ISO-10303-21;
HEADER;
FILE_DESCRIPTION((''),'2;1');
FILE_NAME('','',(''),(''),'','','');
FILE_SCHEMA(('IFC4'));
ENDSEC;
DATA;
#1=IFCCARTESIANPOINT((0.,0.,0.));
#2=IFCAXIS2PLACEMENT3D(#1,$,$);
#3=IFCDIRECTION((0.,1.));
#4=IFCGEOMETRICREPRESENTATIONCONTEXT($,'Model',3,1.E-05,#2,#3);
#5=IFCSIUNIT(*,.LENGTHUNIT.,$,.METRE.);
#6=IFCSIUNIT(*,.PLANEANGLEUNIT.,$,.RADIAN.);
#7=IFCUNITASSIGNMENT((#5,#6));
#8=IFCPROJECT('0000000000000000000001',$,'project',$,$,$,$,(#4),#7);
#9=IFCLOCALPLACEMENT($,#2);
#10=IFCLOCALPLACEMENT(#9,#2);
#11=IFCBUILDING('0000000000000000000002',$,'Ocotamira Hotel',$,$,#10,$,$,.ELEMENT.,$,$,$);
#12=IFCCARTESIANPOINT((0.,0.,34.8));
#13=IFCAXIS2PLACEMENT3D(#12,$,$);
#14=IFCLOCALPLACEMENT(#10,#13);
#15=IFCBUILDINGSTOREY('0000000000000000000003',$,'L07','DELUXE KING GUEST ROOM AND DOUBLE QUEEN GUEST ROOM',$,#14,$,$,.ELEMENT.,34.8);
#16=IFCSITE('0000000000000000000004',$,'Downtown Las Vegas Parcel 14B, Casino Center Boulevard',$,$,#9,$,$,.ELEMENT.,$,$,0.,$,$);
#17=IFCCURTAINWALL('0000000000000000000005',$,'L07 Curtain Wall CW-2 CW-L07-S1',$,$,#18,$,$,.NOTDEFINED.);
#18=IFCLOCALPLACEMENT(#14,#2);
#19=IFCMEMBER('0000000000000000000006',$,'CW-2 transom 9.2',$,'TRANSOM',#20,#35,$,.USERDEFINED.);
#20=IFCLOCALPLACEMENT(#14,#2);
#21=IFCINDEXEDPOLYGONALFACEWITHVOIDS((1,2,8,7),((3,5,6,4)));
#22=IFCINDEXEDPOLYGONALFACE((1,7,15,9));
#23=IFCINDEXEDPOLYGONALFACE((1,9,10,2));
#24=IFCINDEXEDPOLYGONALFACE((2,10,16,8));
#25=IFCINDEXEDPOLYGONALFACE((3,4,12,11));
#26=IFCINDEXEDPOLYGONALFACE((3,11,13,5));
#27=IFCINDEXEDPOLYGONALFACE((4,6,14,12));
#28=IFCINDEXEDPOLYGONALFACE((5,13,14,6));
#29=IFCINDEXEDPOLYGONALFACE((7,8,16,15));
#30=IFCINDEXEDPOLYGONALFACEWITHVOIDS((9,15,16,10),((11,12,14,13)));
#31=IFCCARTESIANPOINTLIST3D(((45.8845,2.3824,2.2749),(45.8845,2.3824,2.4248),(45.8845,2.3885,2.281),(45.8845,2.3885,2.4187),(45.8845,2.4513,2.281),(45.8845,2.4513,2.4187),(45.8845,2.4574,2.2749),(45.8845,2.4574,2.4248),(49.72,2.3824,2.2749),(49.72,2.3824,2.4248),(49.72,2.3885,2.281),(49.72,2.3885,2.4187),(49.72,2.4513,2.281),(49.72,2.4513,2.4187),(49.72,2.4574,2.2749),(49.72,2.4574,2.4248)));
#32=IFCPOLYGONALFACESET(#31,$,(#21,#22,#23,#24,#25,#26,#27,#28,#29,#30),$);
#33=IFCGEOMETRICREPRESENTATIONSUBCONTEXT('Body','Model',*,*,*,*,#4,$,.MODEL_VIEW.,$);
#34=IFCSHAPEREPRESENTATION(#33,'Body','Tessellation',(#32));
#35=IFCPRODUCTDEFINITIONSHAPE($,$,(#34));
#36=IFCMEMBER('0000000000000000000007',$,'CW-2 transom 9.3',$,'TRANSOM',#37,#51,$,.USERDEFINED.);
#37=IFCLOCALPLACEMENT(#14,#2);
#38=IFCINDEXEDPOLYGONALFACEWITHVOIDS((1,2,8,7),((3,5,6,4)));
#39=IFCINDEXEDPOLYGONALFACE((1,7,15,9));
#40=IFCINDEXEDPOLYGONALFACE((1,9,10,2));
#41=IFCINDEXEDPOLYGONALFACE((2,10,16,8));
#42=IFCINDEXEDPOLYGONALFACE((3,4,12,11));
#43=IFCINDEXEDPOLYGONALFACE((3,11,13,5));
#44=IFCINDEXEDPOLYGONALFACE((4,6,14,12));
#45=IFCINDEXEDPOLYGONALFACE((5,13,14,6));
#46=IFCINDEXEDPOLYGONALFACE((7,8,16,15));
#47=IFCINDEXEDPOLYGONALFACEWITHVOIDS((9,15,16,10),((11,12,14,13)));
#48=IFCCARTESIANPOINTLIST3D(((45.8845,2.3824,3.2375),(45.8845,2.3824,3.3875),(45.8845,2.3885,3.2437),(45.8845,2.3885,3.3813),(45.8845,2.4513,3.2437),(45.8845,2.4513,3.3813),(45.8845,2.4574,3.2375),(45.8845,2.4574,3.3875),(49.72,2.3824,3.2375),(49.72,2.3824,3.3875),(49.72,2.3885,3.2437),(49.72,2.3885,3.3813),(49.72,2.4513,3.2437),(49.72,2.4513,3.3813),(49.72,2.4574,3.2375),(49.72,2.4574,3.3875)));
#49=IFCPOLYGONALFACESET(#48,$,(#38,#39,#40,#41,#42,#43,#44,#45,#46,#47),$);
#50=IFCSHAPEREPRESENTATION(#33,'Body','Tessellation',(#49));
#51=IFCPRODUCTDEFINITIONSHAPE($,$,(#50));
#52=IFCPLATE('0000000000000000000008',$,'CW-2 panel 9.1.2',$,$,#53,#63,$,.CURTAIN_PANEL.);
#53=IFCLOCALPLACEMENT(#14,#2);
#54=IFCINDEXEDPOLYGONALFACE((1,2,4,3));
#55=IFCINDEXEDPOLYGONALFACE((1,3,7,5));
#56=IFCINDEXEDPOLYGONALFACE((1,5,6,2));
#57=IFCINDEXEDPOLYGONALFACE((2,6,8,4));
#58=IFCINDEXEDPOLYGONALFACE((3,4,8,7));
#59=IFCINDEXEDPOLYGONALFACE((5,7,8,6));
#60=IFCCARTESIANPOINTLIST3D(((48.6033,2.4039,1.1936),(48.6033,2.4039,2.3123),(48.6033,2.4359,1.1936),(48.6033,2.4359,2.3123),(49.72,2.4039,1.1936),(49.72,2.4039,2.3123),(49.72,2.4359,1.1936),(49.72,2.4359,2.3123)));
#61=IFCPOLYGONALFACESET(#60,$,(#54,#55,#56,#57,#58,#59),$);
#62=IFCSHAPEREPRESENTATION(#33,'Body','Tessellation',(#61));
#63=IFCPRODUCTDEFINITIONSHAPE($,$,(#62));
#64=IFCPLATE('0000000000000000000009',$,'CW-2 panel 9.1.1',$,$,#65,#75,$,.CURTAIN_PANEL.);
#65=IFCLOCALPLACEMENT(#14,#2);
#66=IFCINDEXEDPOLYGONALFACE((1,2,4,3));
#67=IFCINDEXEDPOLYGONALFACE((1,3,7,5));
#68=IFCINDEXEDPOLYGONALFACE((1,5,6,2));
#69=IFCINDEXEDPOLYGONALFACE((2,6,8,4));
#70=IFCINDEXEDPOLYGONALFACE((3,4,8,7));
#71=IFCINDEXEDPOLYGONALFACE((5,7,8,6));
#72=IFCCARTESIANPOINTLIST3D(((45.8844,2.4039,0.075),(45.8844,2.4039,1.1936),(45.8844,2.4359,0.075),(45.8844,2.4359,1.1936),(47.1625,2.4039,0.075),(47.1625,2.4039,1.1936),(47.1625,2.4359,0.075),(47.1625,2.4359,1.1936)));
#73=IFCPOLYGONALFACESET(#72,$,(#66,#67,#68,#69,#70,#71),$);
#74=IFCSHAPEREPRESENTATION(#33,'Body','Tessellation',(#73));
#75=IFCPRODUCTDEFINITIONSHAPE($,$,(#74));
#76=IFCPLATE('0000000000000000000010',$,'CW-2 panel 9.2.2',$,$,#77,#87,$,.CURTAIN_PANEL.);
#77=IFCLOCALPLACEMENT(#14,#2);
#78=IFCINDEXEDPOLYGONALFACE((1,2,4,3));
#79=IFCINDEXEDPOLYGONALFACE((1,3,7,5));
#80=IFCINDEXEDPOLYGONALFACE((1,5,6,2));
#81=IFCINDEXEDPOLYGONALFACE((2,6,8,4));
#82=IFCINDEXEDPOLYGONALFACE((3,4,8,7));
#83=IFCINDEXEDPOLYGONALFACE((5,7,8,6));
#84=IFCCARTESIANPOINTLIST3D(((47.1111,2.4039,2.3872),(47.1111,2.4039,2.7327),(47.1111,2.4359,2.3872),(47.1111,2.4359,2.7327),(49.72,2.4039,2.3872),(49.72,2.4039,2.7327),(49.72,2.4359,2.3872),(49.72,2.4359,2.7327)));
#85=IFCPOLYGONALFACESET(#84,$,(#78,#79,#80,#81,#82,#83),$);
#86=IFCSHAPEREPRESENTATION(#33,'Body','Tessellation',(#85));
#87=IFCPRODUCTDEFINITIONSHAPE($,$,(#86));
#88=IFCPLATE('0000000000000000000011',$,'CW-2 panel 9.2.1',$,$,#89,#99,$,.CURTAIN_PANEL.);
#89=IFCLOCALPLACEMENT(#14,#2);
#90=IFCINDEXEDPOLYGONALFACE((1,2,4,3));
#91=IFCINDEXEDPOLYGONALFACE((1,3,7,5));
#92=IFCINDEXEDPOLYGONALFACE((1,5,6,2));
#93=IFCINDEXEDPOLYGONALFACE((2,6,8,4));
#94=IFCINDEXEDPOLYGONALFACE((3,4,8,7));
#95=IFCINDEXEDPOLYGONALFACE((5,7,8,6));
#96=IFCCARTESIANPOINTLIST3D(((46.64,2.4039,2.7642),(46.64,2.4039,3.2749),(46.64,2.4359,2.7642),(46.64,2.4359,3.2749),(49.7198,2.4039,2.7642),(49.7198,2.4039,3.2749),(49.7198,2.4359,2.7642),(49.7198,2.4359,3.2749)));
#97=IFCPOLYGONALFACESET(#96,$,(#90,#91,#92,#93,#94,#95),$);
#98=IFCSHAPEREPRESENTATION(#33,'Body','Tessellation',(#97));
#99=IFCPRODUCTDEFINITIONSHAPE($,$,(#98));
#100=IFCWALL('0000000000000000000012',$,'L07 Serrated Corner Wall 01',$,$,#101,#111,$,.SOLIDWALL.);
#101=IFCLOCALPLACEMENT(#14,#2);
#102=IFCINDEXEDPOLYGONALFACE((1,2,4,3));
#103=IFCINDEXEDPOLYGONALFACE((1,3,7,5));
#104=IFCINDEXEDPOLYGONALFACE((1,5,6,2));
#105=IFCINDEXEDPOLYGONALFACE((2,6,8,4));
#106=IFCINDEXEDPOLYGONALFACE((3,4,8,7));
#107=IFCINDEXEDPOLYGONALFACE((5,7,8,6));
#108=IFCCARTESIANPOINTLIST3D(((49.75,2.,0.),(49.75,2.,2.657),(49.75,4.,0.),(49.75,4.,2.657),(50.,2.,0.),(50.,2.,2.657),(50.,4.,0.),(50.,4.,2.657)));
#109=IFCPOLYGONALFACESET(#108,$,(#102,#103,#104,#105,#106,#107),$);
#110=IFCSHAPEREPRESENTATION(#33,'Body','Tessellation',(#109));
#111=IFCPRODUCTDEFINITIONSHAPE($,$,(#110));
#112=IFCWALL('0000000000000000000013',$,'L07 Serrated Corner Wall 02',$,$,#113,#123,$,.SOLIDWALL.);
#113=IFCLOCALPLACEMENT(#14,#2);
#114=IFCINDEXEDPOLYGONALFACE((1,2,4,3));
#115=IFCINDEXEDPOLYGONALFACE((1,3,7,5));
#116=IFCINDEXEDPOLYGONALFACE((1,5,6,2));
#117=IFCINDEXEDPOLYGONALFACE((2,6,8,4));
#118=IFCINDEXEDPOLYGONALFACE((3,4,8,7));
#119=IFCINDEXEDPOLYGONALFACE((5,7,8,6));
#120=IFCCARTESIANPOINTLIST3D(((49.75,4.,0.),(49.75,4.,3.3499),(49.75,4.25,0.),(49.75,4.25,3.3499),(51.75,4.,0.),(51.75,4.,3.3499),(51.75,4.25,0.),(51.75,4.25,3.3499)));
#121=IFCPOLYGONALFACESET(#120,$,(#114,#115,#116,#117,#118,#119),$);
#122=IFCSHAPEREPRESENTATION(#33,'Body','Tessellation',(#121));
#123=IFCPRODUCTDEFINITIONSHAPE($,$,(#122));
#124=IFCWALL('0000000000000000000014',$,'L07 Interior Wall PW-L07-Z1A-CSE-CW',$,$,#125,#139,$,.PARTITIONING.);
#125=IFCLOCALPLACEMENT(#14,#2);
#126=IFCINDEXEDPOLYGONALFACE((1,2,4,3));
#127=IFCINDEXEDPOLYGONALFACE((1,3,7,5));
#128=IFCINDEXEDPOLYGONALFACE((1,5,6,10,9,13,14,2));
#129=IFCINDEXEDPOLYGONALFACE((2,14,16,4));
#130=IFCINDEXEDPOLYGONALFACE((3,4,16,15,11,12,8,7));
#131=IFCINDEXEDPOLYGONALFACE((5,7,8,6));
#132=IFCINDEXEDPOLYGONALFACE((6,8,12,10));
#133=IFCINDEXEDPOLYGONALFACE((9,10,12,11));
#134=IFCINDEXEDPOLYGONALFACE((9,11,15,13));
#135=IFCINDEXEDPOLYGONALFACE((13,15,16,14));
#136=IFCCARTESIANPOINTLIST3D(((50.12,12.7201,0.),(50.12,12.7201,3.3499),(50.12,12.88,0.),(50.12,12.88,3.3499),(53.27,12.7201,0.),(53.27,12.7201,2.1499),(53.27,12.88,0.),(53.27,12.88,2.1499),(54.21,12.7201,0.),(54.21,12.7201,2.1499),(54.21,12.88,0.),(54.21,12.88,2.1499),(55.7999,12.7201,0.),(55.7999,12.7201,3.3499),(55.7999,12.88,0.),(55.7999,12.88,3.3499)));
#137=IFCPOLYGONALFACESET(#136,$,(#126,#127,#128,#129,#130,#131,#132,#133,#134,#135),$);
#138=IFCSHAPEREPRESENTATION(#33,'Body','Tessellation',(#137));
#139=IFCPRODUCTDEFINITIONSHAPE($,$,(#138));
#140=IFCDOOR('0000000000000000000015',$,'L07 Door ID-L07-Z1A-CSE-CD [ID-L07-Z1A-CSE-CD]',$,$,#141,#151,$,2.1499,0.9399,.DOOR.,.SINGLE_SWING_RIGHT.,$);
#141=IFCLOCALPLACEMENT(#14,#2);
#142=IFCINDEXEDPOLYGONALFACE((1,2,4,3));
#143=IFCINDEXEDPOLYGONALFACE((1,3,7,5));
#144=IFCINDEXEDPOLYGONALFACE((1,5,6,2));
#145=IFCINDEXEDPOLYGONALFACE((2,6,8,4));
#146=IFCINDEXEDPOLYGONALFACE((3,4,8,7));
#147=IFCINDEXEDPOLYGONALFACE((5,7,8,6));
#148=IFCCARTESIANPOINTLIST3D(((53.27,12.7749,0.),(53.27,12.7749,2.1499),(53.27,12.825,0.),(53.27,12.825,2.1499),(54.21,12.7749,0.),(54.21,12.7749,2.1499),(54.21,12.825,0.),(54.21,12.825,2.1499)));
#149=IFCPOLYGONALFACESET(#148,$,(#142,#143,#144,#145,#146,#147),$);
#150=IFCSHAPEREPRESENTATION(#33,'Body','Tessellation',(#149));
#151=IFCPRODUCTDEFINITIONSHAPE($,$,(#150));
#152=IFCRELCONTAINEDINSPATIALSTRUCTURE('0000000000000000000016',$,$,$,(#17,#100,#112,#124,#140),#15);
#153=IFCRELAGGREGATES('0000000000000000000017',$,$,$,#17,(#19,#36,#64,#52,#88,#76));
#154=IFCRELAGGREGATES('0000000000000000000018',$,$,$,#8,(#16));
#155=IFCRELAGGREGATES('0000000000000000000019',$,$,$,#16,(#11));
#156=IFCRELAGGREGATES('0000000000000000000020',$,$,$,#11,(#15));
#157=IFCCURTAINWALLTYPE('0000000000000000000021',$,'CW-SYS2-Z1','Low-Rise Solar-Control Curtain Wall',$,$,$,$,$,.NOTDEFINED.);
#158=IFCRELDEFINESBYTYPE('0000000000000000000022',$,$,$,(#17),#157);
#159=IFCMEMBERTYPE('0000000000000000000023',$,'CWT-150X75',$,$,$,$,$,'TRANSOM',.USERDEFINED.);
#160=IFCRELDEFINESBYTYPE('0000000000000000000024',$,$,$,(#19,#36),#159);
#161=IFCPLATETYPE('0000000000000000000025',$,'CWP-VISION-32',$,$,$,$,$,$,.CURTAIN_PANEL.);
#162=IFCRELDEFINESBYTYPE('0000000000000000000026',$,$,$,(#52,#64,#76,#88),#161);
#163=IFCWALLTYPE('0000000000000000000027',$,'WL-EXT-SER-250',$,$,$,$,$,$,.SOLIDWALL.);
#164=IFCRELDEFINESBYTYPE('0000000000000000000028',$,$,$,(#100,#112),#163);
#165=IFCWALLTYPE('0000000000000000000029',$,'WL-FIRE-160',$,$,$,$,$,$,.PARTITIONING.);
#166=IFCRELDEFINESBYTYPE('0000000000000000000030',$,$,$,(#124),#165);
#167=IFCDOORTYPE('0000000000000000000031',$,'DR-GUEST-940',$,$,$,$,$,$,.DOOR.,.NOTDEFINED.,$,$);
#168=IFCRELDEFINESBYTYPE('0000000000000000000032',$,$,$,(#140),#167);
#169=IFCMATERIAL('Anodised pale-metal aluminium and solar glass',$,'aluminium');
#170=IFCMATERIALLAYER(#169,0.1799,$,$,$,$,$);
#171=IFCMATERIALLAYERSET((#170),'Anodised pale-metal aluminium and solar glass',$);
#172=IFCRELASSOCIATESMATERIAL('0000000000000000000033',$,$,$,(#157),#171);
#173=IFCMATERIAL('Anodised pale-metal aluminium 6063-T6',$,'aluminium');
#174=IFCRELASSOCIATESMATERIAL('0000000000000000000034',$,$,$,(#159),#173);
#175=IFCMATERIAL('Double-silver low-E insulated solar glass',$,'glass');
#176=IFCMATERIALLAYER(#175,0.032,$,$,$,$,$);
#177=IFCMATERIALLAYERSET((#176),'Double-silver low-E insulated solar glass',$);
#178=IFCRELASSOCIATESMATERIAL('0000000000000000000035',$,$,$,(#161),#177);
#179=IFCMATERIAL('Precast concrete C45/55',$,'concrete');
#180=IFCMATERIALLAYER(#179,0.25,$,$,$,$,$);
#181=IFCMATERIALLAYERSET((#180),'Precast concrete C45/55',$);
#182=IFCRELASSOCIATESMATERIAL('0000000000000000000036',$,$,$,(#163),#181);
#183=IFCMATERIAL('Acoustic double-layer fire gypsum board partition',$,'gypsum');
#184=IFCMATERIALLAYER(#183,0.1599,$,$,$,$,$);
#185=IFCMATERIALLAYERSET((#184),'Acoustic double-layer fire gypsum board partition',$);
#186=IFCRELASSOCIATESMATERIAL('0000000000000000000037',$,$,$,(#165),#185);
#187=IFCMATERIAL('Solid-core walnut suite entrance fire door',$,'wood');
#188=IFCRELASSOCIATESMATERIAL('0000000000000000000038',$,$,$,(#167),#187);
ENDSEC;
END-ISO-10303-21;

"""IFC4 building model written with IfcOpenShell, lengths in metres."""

from ifc_helpers import new_model, si_unit, direction, frame, frame_2d, origin, origin_2d, place, context, subcontext, project, spatial, rectangle, hollow_rectangle, extrude, source, transform, mapped, material, layer, layer_set, material_profile, profile_set, type_object, element, fill, aggregate, save


model = new_model("IFC4")

# Units and contexts
model_context = context("Model", 3, precision=1e-05, world=origin(), true_north=direction((0.0, 1.0)))
body_context = subcontext(model_context, "Body", "Model", "MODEL_VIEW")
ifc_project = project(units=[si_unit("LENGTHUNIT", "METRE"), si_unit("PLANEANGLEUNIT", "RADIAN")], contexts=[model_context])

# Site, building, storey
site_placement = place(None, origin())
site = spatial("IfcSite", under=ifc_project, at=site_placement, Name="Downtown Las Vegas Parcel 14B, Casino Center Boulevard", CompositionType="ELEMENT", RefElevation=0.0)
building_placement = place(site_placement, origin())
building = spatial("IfcBuilding", under=site, at=building_placement, Name="Ocotamira Hotel", CompositionType="ELEMENT")
storey_placement = place(building_placement, frame((0.0, 0.0, 34.8)))
storey = spatial("IfcBuildingStorey", under=building, at=storey_placement, Name="L07", Description="DELUXE KING GUEST ROOM AND DOUBLE QUEEN GUEST ROOM", CompositionType="ELEMENT", Elevation=34.8)

# Curtain wall, members, plates
ifc_material_1 = material(Name="Anodised pale-metal aluminium and solar glass", Category="aluminium")
ifc_layer_1 = layer(ifc_material_1, 0.1799)
ifc_layer_set_1 = layer_set([ifc_layer_1], Name="Anodised pale-metal aluminium and solar glass")
curtain_wall_type = type_object("IfcCurtainWallType", Name="CW-SYS2-Z1", Description="Low-Rise Solar-Control Curtain Wall", PredefinedType="NOTDEFINED", material=ifc_layer_set_1)
curtain_wall_placement = place(storey_placement, origin())
curtain_wall = element("IfcCurtainWall", 1, at=curtain_wall_placement, inside=storey, type_object=curtain_wall_type, Name="L07 Curtain Wall CW-2 CW-L07-S1", PredefinedType="NOTDEFINED")
ifc_material_2 = material(Name="Anodised pale-metal aluminium 6063-T6", Category="aluminium")
ifc_material_profile_1 = material_profile(ifc_material_2, hollow_rectangle(XDim=0.075, YDim=0.1499, WallThickness=0.0061, at=origin_2d()), Name="HSS150X75X6")
ifc_profile_set_1 = profile_set([ifc_material_profile_1], Name="Anodised pale-metal aluminium 6063-T6")
member_type_1 = type_object("IfcMemberType", Name="CWT-150X75", ElementType="TRANSOM", PredefinedType="USERDEFINED", material=ifc_profile_set_1)
shared_shape_1 = source(origin(), body_context, "Body", "SweptSolid", [
    extrude(hollow_rectangle(XDim=0.075, YDim=0.1499, WallThickness=0.0061, at=origin_2d()), origin(), (0.0, 0.0, 1.0), 3.8354),
])
member_1_placement = place(storey_placement, frame((45.8845, 2.4199, 2.3499), z_axis=(1.0, 0.0, 0.0), x_axis=(0.0, 1.0, 0.0)))
member_1 = element("IfcMember", 2, at=member_1_placement, type_object=member_type_1, Name="CW-2 transom 9.2", ObjectType="TRANSOM", PredefinedType="USERDEFINED", context=body_context, shape_type="MappedRepresentation", body=[
    mapped(shared_shape_1, transform((0.0, 0.0, 0.0), scale=1.0)),
])
member_2_placement = place(storey_placement, frame((45.8845, 2.4199, 3.3125), z_axis=(1.0, 0.0, 0.0), x_axis=(0.0, 1.0, 0.0)))
member_2 = element("IfcMember", 3, at=member_2_placement, type_object=member_type_1, Name="CW-2 transom 9.3", ObjectType="TRANSOM", PredefinedType="USERDEFINED", context=body_context, shape_type="MappedRepresentation", body=[
    mapped(shared_shape_1, transform((0.0, 0.0, 0.0), scale=1.0)),
])
ifc_material_3 = material(Name="Double-silver low-E insulated solar glass", Category="glass")
ifc_layer_2 = layer(ifc_material_3, 0.032)
ifc_layer_set_2 = layer_set([ifc_layer_2], Name="Double-silver low-E insulated solar glass")
plate_type = type_object("IfcPlateType", Name="CWP-VISION-32", PredefinedType="CURTAIN_PANEL", material=ifc_layer_set_2)
shared_shape_2 = source(origin(), body_context, "Body", "SweptSolid", [
    extrude(rectangle(XDim=1.1167, YDim=0.032, at=origin_2d()), origin(), (0.0, 0.0, 1.0), 1.1187),
])
plate_1_placement = place(storey_placement, frame((49.1616, 2.4199, 1.1936), z_axis=(0.0, 0.0, 1.0), x_axis=(1.0, 0.0, 0.0)))
plate_1 = element("IfcPlate", 4, at=plate_1_placement, type_object=plate_type, Name="CW-2 panel 9.1.2", PredefinedType="CURTAIN_PANEL", context=body_context, shape_type="MappedRepresentation", body=[
    mapped(shared_shape_2, transform((0.0, 0.0, 0.0), scale=1.0)),
])
shared_shape_3 = source(origin(), body_context, "Body", "SweptSolid", [
    extrude(rectangle(XDim=1.2781, YDim=0.032, at=origin_2d()), origin(), (0.0, 0.0, 1.0), 1.1187),
])
plate_2_placement = place(storey_placement, frame((46.5234, 2.4199, 0.075), z_axis=(0.0, 0.0, 1.0), x_axis=(1.0, 0.0, 0.0)))
plate_2 = element("IfcPlate", 5, at=plate_2_placement, type_object=plate_type, Name="CW-2 panel 9.1.1", PredefinedType="CURTAIN_PANEL", context=body_context, shape_type="MappedRepresentation", body=[
    mapped(shared_shape_3, transform((0.0, 0.0, 0.0), scale=1.0)),
])
shared_shape_4 = source(origin(), body_context, "Body", "SweptSolid", [
    extrude(rectangle(XDim=2.6089, YDim=0.032, at=origin_2d()), origin(), (0.0, 0.0, 1.0), 0.3455),
])
plate_3_placement = place(storey_placement, frame((48.4155, 2.4199, 2.3872), z_axis=(0.0, 0.0, 1.0), x_axis=(1.0, 0.0, 0.0)))
plate_3 = element("IfcPlate", 6, at=plate_3_placement, type_object=plate_type, Name="CW-2 panel 9.2.2", PredefinedType="CURTAIN_PANEL", context=body_context, shape_type="MappedRepresentation", body=[
    mapped(shared_shape_4, transform((0.0, 0.0, 0.0), scale=1.0)),
])
shared_shape_5 = source(origin(), body_context, "Body", "SweptSolid", [
    extrude(rectangle(XDim=3.0798, YDim=0.032, at=origin_2d()), origin(), (0.0, 0.0, 1.0), 0.5107),
])
plate_4_placement = place(storey_placement, frame((48.1799, 2.4199, 2.7642), z_axis=(0.0, 0.0, 1.0), x_axis=(1.0, 0.0, 0.0)))
plate_4 = element("IfcPlate", 7, at=plate_4_placement, type_object=plate_type, Name="CW-2 panel 9.2.1", PredefinedType="CURTAIN_PANEL", context=body_context, shape_type="MappedRepresentation", body=[
    mapped(shared_shape_5, transform((0.0, 0.0, 0.0), scale=1.0)),
])
aggregate(curtain_wall, [member_1, member_2, plate_2, plate_1, plate_4, plate_3])

# Walls
ifc_material_4 = material(Name="Precast concrete C45/55", Category="concrete")
ifc_layer_3 = layer(ifc_material_4, 0.25)
ifc_layer_set_3 = layer_set([ifc_layer_3], Name="Precast concrete C45/55")
wall_type_1 = type_object("IfcWallType", Name="WL-EXT-SER-250", PredefinedType="SOLIDWALL", material=ifc_layer_set_3)
wall_1_placement = place(storey_placement, frame((49.875, 2.0, 0.0), z_axis=(0.0, 0.0, 1.0), x_axis=(0.0, 1.0, 0.0)))
element("IfcWall", 8, at=wall_1_placement, inside=storey, type_object=wall_type_1, Name="L07 Serrated Corner Wall 01", PredefinedType="SOLIDWALL", context=body_context, shape_type="SweptSolid", body=[
    extrude(rectangle(XDim=2.0, YDim=0.25, at=frame_2d((1.0, 0.0))), origin(), (0.0, 0.0, 1.0), 2.657),
])
wall_2_placement = place(storey_placement, frame((49.75, 4.125, 0.0), z_axis=(0.0, 0.0, 1.0), x_axis=(1.0, 0.0, 0.0)))
element("IfcWall", 9, at=wall_2_placement, inside=storey, type_object=wall_type_1, Name="L07 Serrated Corner Wall 02", PredefinedType="SOLIDWALL", context=body_context, shape_type="SweptSolid", body=[
    extrude(rectangle(XDim=2.0, YDim=0.25, at=frame_2d((1.0, 0.0))), origin(), (0.0, 0.0, 1.0), 3.3499),
])

# Wall, opening, door
ifc_material_5 = material(Name="Acoustic double-layer fire gypsum board partition", Category="gypsum")
ifc_layer_4 = layer(ifc_material_5, 0.1599)
ifc_layer_set_4 = layer_set([ifc_layer_4], Name="Acoustic double-layer fire gypsum board partition")
wall_type_2 = type_object("IfcWallType", Name="WL-FIRE-160", PredefinedType="PARTITIONING", material=ifc_layer_set_4)
wall_3_placement = place(storey_placement, frame((50.1201, 12.8, 0.0), z_axis=(0.0, 0.0, 1.0), x_axis=(1.0, 0.0, 0.0)))
wall_3 = element("IfcWall", 10, at=wall_3_placement, inside=storey, type_object=wall_type_2, Name="L07 Interior Wall PW-L07-Z1A-CSE-CW", PredefinedType="PARTITIONING", context=body_context, shape_type="SweptSolid", body=[
    extrude(rectangle(XDim=5.6799, YDim=0.1599, at=frame_2d((2.8398, 0.0))), origin(), (0.0, 0.0, 1.0), 3.3499),
])
opening_1_placement = place(wall_3_placement, frame((3.1499, 0.0, 0.0)))
opening_1 = element("IfcOpeningElement", 11, at=opening_1_placement, cuts=wall_3, PredefinedType="OPENING", context=body_context, shape_type="SweptSolid", body=[
    extrude(rectangle(XDim=0.9399, YDim=2.1499, at=frame_2d((0.47, 1.075))), frame((0.0, 0.0898, 0.0), z_axis=(0.0, -1.0, 0.0), x_axis=(1.0, 0.0, 0.0)), (0.0, 0.0, 1.0), 0.1799),
])
ifc_material_6 = material(Name="Solid-core walnut suite entrance fire door", Category="wood")
door_type_1 = type_object("IfcDoorType", Name="DR-GUEST-940", OperationType="NOTDEFINED", PredefinedType="DOOR", material=ifc_material_6)
shared_shape_6 = source(origin(), body_context, "Body", "SweptSolid", [
    extrude(rectangle(XDim=0.9399, YDim=2.1499, at=frame_2d((0.47, 1.075))), frame((0.0, 0.0249, 0.0), z_axis=(0.0, -1.0, 0.0), x_axis=(1.0, 0.0, 0.0)), (0.0, 0.0, 1.0), 0.05),
])
door_1_placement = place(opening_1_placement, origin())
door_1 = element("IfcDoor", 12, at=door_1_placement, inside=storey, type_object=door_type_1, Name="L07 Door ID-L07-Z1A-CSE-CD [ID-L07-Z1A-CSE-CD]", OperationType="SINGLE_SWING_RIGHT", OverallHeight=2.1499, OverallWidth=0.9399, PredefinedType="DOOR", context=body_context, shape_type="MappedRepresentation", body=[
    mapped(shared_shape_6, transform((0.0, 0.0, 0.0), scale=1.0)),
])
fill(opening_1, door_1)

save(model, "model.ifc")
